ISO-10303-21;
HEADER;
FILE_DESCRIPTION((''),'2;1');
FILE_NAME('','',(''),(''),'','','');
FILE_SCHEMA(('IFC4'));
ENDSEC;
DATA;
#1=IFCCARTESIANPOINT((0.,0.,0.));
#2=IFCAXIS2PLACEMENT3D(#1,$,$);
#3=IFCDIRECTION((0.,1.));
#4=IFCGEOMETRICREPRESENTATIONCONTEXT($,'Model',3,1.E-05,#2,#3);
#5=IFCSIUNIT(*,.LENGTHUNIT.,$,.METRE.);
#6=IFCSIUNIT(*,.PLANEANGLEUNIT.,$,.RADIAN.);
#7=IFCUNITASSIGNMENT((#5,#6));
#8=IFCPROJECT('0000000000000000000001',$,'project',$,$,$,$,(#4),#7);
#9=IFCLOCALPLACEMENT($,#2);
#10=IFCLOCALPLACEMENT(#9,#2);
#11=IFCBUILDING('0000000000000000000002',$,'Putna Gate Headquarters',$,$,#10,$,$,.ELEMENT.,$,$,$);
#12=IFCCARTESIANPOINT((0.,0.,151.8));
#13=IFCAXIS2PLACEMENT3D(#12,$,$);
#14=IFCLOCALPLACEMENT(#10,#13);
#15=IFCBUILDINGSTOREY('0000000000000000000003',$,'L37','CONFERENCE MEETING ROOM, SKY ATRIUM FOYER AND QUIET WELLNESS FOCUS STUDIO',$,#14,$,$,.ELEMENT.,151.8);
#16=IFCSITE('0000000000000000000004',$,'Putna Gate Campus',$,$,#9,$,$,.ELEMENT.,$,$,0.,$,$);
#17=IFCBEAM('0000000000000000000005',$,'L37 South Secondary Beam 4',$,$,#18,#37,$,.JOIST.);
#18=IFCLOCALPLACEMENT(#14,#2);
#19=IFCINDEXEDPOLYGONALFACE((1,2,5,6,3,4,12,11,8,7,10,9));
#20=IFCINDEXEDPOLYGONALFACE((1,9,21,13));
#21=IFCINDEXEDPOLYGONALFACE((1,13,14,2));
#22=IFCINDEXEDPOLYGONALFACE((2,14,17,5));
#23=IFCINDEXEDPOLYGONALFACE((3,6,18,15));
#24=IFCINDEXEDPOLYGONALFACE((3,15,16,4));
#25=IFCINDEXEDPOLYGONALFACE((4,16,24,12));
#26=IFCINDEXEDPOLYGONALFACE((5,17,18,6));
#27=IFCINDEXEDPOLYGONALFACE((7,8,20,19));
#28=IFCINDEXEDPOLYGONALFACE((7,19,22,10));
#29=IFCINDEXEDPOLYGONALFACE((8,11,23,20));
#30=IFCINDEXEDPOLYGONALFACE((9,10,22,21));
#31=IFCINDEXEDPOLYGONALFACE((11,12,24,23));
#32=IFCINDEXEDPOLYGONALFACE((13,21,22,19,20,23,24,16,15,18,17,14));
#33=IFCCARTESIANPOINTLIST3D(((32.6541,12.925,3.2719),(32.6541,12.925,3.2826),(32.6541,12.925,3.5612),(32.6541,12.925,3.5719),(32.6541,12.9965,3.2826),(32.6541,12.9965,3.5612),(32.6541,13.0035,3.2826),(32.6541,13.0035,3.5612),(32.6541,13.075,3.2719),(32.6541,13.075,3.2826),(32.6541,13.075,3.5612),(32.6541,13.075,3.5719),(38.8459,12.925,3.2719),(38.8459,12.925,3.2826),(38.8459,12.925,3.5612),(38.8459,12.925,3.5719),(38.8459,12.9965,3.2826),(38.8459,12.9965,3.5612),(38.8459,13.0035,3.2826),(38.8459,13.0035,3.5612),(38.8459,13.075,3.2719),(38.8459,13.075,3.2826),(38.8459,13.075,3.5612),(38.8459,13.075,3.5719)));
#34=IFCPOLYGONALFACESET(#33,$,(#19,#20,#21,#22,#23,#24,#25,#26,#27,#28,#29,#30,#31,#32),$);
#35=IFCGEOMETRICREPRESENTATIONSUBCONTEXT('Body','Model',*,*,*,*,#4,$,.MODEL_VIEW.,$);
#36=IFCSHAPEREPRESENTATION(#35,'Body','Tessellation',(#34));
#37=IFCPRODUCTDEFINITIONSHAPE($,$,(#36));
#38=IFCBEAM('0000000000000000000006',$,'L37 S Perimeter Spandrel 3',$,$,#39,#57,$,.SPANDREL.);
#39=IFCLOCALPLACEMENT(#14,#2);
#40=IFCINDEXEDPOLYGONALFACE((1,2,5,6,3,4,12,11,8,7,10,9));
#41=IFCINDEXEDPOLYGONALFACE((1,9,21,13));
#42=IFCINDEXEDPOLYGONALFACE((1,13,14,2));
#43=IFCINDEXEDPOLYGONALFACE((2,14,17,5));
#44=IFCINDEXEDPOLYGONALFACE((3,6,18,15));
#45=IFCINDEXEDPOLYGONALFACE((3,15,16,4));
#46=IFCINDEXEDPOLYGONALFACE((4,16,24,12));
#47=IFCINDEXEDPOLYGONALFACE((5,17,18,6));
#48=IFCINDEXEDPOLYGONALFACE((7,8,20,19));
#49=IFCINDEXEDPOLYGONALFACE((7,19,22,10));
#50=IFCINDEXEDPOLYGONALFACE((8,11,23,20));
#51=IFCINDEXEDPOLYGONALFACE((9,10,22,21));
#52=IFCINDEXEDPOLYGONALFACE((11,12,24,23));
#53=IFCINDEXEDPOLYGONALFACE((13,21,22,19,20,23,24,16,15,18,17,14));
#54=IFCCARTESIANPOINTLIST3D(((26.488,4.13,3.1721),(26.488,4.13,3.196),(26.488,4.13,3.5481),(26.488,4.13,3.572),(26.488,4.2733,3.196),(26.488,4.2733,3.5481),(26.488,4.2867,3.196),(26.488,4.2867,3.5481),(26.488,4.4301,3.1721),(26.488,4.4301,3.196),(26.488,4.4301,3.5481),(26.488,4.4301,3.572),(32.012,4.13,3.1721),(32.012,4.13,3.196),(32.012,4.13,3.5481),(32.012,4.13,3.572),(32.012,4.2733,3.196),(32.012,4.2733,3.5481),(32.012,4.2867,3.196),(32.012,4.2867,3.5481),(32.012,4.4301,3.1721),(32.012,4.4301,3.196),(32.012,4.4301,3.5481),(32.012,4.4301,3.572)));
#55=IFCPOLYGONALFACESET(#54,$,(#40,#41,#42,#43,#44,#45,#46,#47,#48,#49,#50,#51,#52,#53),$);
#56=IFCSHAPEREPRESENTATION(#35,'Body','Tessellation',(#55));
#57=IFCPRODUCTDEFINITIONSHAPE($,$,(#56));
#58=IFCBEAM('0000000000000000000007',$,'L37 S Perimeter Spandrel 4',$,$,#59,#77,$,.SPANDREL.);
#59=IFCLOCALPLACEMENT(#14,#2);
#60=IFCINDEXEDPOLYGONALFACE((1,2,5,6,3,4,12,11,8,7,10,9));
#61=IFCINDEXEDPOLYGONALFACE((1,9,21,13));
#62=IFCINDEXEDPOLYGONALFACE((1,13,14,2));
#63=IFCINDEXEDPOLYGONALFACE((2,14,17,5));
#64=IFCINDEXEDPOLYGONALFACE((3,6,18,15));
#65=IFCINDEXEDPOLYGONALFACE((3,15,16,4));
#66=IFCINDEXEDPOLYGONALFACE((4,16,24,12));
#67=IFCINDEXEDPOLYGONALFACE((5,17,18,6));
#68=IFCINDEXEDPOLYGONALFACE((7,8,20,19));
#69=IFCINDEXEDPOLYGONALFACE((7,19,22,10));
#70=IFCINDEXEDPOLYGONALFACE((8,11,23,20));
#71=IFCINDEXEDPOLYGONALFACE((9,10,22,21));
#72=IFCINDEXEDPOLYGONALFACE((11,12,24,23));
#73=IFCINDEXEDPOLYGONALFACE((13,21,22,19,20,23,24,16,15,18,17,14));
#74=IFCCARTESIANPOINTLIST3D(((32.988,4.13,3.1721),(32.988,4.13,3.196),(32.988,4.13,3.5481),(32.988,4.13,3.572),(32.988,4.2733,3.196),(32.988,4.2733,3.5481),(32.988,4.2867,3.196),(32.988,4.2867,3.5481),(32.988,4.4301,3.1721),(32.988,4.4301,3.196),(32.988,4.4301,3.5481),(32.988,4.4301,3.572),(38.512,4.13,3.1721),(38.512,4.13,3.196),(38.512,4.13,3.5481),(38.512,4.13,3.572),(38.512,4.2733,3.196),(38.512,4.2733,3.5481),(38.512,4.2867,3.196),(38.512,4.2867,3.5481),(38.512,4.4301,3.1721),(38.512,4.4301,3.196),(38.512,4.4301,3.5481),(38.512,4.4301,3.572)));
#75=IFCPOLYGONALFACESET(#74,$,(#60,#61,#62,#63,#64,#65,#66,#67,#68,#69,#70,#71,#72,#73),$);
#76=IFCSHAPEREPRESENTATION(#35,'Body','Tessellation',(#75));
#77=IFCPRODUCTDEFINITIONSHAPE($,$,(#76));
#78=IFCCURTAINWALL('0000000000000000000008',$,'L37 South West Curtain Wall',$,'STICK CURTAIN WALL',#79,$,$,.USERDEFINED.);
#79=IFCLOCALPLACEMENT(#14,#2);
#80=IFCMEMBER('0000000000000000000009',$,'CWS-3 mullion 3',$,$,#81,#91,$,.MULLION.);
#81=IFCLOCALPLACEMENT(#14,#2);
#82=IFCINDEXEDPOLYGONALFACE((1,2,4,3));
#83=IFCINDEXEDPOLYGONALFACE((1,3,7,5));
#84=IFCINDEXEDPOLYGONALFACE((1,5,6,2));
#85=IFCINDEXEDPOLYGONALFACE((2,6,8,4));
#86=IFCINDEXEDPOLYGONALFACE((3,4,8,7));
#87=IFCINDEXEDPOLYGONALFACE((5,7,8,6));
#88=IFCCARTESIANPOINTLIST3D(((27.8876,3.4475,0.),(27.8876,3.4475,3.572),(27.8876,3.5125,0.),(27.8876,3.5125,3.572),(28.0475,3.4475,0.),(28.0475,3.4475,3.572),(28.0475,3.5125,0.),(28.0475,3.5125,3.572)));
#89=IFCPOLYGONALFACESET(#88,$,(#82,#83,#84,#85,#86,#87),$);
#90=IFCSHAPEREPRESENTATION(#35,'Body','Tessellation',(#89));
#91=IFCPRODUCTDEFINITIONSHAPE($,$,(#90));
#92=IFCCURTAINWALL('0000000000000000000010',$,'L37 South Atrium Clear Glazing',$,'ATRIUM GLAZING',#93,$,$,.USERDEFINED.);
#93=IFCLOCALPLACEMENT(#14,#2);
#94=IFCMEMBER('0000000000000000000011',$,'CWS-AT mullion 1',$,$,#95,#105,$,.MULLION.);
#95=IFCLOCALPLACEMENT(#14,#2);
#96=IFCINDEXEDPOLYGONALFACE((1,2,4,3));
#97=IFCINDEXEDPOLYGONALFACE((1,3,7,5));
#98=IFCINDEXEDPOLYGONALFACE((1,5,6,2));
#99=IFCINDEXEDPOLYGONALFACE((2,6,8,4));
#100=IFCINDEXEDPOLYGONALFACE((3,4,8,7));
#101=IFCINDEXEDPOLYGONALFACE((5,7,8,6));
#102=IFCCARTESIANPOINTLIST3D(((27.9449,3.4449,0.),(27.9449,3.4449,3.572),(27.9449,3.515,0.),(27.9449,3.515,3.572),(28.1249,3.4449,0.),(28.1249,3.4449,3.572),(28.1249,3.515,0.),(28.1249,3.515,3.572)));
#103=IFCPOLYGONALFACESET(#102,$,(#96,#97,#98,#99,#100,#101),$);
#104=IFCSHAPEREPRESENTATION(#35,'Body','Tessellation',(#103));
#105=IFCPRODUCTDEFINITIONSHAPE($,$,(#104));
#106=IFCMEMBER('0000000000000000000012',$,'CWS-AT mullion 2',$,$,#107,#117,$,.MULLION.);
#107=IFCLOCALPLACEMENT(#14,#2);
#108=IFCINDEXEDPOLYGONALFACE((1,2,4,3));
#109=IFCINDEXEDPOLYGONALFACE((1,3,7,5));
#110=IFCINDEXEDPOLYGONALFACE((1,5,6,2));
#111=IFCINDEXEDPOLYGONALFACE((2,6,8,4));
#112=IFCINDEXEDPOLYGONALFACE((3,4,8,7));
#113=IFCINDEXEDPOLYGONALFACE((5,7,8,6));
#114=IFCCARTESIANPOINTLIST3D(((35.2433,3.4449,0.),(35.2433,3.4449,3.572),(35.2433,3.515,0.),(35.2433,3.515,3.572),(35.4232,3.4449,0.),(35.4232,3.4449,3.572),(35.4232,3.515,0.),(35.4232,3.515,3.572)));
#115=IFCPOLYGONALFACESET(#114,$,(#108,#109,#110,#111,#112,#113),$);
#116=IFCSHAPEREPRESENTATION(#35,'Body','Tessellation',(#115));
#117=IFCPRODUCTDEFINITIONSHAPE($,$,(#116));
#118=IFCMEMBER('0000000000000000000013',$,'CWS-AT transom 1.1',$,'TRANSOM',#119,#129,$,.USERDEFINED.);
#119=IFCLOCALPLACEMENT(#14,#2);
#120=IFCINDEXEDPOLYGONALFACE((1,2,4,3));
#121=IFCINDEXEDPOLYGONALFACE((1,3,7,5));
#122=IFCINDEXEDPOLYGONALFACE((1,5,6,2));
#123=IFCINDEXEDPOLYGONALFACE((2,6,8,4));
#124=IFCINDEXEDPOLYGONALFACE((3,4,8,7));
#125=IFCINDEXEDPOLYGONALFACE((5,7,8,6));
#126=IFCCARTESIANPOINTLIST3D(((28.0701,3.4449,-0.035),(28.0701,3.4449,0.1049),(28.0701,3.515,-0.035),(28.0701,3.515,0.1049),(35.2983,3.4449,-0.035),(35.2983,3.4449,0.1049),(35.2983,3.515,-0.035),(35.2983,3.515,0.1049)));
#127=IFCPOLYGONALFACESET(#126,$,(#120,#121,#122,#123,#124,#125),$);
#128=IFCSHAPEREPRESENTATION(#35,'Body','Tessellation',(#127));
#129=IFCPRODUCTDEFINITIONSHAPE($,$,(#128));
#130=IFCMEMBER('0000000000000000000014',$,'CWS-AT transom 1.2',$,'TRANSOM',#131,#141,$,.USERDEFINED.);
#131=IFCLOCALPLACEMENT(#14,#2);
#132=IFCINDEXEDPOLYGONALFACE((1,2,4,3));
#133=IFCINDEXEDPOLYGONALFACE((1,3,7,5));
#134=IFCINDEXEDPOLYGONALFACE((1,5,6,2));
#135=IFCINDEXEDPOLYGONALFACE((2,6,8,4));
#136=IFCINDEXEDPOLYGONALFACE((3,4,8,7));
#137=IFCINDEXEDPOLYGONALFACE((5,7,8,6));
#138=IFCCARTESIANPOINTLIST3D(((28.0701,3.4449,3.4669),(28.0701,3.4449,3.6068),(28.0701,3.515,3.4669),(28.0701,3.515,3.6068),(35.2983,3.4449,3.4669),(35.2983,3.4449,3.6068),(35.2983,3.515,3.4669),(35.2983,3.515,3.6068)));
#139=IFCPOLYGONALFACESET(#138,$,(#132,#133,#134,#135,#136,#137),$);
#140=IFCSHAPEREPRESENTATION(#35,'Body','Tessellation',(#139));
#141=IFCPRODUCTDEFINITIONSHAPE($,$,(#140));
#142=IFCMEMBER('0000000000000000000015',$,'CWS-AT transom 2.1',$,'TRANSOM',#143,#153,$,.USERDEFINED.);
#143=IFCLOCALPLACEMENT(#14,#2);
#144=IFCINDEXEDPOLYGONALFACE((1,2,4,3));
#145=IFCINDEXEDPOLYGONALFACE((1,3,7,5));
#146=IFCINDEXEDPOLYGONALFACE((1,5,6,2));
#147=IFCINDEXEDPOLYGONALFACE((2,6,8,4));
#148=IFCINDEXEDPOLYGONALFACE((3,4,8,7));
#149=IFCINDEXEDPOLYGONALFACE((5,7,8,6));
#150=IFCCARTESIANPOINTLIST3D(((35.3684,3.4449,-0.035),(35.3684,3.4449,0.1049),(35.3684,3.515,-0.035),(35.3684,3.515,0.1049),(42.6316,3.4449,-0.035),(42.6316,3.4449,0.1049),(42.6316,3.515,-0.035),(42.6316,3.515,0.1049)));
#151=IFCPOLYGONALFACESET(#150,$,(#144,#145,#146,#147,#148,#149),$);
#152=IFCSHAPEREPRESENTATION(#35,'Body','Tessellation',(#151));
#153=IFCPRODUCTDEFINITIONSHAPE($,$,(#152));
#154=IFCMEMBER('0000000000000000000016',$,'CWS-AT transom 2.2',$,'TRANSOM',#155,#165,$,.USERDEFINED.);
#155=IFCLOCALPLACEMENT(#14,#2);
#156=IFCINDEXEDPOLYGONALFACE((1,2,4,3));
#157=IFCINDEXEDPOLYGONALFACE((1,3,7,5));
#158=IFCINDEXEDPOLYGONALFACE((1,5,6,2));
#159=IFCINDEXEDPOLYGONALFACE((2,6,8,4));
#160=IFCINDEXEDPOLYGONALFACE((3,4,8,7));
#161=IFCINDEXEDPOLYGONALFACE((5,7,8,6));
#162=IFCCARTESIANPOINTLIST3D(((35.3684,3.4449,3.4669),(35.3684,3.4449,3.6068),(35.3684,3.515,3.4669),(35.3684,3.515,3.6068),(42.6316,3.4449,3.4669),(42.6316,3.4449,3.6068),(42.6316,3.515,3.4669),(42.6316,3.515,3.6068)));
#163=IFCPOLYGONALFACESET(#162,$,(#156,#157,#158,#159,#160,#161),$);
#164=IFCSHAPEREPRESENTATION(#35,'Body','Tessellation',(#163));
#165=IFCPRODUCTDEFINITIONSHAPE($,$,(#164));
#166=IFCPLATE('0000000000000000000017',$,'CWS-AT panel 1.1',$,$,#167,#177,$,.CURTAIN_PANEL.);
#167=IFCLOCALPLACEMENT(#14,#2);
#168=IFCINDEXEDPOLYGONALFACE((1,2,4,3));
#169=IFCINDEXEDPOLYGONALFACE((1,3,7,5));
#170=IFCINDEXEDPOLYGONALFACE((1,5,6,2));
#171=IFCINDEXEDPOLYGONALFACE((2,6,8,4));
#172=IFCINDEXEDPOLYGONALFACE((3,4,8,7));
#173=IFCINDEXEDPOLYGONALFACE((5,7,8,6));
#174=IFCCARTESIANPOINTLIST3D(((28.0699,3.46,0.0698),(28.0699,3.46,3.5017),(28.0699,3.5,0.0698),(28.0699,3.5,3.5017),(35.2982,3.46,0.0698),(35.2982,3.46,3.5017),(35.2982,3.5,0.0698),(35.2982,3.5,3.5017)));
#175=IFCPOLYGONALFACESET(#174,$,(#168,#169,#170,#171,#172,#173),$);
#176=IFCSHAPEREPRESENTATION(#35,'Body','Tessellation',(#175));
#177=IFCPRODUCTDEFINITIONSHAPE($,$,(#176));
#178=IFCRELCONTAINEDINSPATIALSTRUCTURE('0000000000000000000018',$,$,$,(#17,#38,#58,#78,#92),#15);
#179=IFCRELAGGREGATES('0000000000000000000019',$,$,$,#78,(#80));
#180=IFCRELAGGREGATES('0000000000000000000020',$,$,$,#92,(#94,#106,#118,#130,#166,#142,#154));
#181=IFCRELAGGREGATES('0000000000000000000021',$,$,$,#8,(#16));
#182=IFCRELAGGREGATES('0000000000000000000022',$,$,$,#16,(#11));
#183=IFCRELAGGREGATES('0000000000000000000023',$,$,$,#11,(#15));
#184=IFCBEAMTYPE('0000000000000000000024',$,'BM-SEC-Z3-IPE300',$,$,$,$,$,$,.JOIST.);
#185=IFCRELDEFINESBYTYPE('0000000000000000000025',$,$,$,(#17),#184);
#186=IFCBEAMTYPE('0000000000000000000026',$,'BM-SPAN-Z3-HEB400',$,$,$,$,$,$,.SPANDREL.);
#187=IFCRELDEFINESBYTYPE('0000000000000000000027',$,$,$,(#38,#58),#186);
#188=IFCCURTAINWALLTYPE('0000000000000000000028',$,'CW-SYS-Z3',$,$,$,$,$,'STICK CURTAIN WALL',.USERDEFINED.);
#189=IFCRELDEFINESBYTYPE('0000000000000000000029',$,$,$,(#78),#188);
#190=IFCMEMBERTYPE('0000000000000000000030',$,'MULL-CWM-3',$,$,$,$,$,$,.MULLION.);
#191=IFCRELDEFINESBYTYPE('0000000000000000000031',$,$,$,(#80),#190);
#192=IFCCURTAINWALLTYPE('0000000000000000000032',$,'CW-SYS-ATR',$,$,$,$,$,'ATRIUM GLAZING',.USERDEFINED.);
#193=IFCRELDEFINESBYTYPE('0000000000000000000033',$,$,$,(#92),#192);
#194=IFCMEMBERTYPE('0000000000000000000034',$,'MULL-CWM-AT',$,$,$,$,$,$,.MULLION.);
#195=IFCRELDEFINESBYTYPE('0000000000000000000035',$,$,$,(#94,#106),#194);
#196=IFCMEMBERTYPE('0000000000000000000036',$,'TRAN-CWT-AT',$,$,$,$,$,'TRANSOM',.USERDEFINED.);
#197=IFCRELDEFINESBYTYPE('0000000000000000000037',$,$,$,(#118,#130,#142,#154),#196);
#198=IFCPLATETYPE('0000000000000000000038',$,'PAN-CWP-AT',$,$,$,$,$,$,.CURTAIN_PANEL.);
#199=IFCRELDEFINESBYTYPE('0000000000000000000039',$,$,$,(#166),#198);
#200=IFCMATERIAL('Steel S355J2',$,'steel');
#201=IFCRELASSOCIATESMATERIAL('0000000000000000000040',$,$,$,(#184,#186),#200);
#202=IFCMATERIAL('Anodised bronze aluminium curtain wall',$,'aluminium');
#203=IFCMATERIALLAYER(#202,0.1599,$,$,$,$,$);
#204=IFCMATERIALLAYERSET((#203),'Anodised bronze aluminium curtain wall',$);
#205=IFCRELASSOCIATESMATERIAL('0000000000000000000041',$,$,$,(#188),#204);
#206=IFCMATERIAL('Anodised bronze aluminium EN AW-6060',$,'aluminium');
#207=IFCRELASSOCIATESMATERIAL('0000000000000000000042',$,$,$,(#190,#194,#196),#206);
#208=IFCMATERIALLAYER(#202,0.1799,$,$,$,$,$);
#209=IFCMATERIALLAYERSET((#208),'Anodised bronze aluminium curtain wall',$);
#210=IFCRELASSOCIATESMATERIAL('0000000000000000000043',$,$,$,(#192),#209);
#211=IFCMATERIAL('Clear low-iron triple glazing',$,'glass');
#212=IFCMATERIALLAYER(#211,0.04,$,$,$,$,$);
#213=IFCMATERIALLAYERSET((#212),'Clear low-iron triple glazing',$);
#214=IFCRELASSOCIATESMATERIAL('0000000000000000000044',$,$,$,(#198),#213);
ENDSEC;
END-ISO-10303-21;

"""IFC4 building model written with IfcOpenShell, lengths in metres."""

from ifc_helpers import new_model, si_unit, direction, frame, origin, origin_2d, place, context, subcontext, project, spatial, rectangle, i_section, extrude, material, layer, layer_set, material_profile, profile_set, type_object, element, aggregate, save


model = new_model("IFC4")

# Units and contexts
model_context = context("Model", 3, precision=1e-05, world=origin(), true_north=direction((0.0, 1.0)))
body_context = subcontext(model_context, "Body", "Model", "MODEL_VIEW")
ifc_project = project(units=[si_unit("LENGTHUNIT", "METRE"), si_unit("PLANEANGLEUNIT", "RADIAN")], contexts=[model_context])

# Site, building, storey
site_placement = place(None, origin())
site = spatial("IfcSite", under=ifc_project, at=site_placement, Name="Putna Gate Campus", CompositionType="ELEMENT", RefElevation=0.0)
building_placement = place(site_placement, origin())
building = spatial("IfcBuilding", under=site, at=building_placement, Name="Putna Gate Headquarters", CompositionType="ELEMENT")
storey_placement = place(building_placement, frame((0.0, 0.0, 151.8)))
storey = spatial("IfcBuildingStorey", under=building, at=storey_placement, Name="L37", Description="CONFERENCE MEETING ROOM, SKY ATRIUM FOYER AND QUIET WELLNESS FOCUS STUDIO", CompositionType="ELEMENT", Elevation=151.8)

# Beams
ifc_material_1 = material(Name="Steel S355J2", Category="steel")
ifc_material_profile_1 = material_profile(ifc_material_1, i_section(OverallWidth=0.1499, OverallDepth=0.3, WebThickness=0.0071, FlangeThickness=0.0107, at=origin_2d()), Name="Steel S355J2")
ifc_profile_set_1 = profile_set([ifc_material_profile_1], Name="Steel S355J2")
beam_type_1 = type_object("IfcBeamType", Name="BM-SEC-Z3-IPE300", PredefinedType="JOIST", material=ifc_profile_set_1)
for number, where, z_axis, x_axis, name in (
    (1, (32.6541, 13.0, 3.4219), (1.0, 0.0, 0.0), (0.0, 1.0, 0.0), "L37 South Secondary Beam 4"),
):
    element("IfcBeam", number, at=place(storey_placement, frame(where, z_axis=z_axis, x_axis=x_axis)), inside=storey, type_object=beam_type_1, Name=name, PredefinedType="JOIST", context=body_context, shape_type="SweptSolid", body=[
        extrude(i_section(OverallWidth=0.1499, OverallDepth=0.3, WebThickness=0.0071, FlangeThickness=0.0107, at=origin_2d()), origin(), (0.0, 0.0, 1.0), 6.1919),
    ])
ifc_material_profile_2 = material_profile(ifc_material_1, i_section(OverallWidth=0.3, OverallDepth=0.3999, WebThickness=0.0134, FlangeThickness=0.0239, at=origin_2d()), Name="Steel S355J2")
ifc_profile_set_2 = profile_set([ifc_material_profile_2], Name="Steel S355J2")
beam_type_2 = type_object("IfcBeamType", Name="BM-SPAN-Z3-HEB400", PredefinedType="SPANDREL", material=ifc_profile_set_2)
for number, where, z_axis, x_axis, name in (
    (2, (26.488, 4.28, 3.3721), (1.0, 0.0, 0.0), (0.0, 1.0, 0.0), "L37 S Perimeter Spandrel 3"),
    (3, (32.988, 4.28, 3.3721), (1.0, 0.0, 0.0), (0.0, 1.0, 0.0), "L37 S Perimeter Spandrel 4"),
):
    element("IfcBeam", number, at=place(storey_placement, frame(where, z_axis=z_axis, x_axis=x_axis)), inside=storey, type_object=beam_type_2, Name=name, PredefinedType="SPANDREL", context=body_context, shape_type="SweptSolid", body=[
        extrude(i_section(OverallWidth=0.3, OverallDepth=0.3999, WebThickness=0.0134, FlangeThickness=0.0239, at=origin_2d()), origin(), (0.0, 0.0, 1.0), 5.5239),
    ])

# Curtain wall, member
ifc_material_2 = material(Name="Anodised bronze aluminium curtain wall", Category="aluminium")
ifc_layer_1 = layer(ifc_material_2, 0.1599)
ifc_layer_set_1 = layer_set([ifc_layer_1], Name="Anodised bronze aluminium curtain wall")
curtain_wall_type_1 = type_object("IfcCurtainWallType", Name="CW-SYS-Z3", ElementType="STICK CURTAIN WALL", PredefinedType="USERDEFINED", material=ifc_layer_set_1)
curtain_wall_1_placement = place(storey_placement, origin())
curtain_wall_1 = element("IfcCurtainWall", 4, at=curtain_wall_1_placement, inside=storey, type_object=curtain_wall_type_1, Name="L37 South West Curtain Wall", ObjectType="STICK CURTAIN WALL", PredefinedType="USERDEFINED")
ifc_material_3 = material(Name="Anodised bronze aluminium EN AW-6060", Category="aluminium")
ifc_material_profile_3 = material_profile(ifc_material_3, rectangle(XDim=0.0649, YDim=0.1599, at=origin_2d()), Name="Anodised bronze aluminium EN AW-6060")
ifc_profile_set_3 = profile_set([ifc_material_profile_3], Name="Anodised bronze aluminium EN AW-6060")
member_type_1 = type_object("IfcMemberType", Name="MULL-CWM-3", PredefinedType="MULLION", material=ifc_profile_set_3)
member_1_placement = place(storey_placement, frame((27.9675, 3.48, 0.0), z_axis=(0.0, 0.0, 1.0), x_axis=(0.0, 1.0, 0.0)))
member_1 = element("IfcMember", 5, at=member_1_placement, type_object=member_type_1, Name="CWS-3 mullion 3", PredefinedType="MULLION", context=body_context, shape_type="SweptSolid", body=[
    extrude(rectangle(XDim=0.0649, YDim=0.1599, at=origin_2d()), origin(), (0.0, 0.0, 1.0), 3.572),
])
aggregate(curtain_wall_1, [member_1])

# Curtain wall, members, plate
ifc_layer_2 = layer(ifc_material_2, 0.1799)
ifc_layer_set_2 = layer_set([ifc_layer_2], Name="Anodised bronze aluminium curtain wall")
curtain_wall_type_2 = type_object("IfcCurtainWallType", Name="CW-SYS-ATR", ElementType="ATRIUM GLAZING", PredefinedType="USERDEFINED", material=ifc_layer_set_2)
curtain_wall_2_placement = place(storey_placement, origin())
curtain_wall_2 = element("IfcCurtainWall", 6, at=curtain_wall_2_placement, inside=storey, type_object=curtain_wall_type_2, Name="L37 South Atrium Clear Glazing", ObjectType="ATRIUM GLAZING", PredefinedType="USERDEFINED")
ifc_material_profile_4 = material_profile(ifc_material_3, rectangle(XDim=0.0701, YDim=0.1799, at=origin_2d()), Name="Anodised bronze aluminium EN AW-6060")
ifc_profile_set_4 = profile_set([ifc_material_profile_4], Name="Anodised bronze aluminium EN AW-6060")
member_type_2 = type_object("IfcMemberType", Name="MULL-CWM-AT", PredefinedType="MULLION", material=ifc_profile_set_4)
member_2_placement = place(storey_placement, frame((28.0349, 3.48, 0.0), z_axis=(0.0, 0.0, 1.0), x_axis=(0.0, 1.0, 0.0)))
member_2 = element("IfcMember", 7, at=member_2_placement, type_object=member_type_2, Name="CWS-AT mullion 1", PredefinedType="MULLION", context=body_context, shape_type="SweptSolid", body=[
    extrude(rectangle(XDim=0.0701, YDim=0.1799, at=origin_2d()), origin(), (0.0, 0.0, 1.0), 3.572),
])
member_3_placement = place(storey_placement, frame((35.3333, 3.48, 0.0), z_axis=(0.0, 0.0, 1.0), x_axis=(0.0, 1.0, 0.0)))
member_3 = element("IfcMember", 8, at=member_3_placement, type_object=member_type_2, Name="CWS-AT mullion 2", PredefinedType="MULLION", context=body_context, shape_type="SweptSolid", body=[
    extrude(rectangle(XDim=0.0701, YDim=0.1799, at=origin_2d()), origin(), (0.0, 0.0, 1.0), 3.572),
])
ifc_material_profile_5 = material_profile(ifc_material_3, rectangle(XDim=0.0701, YDim=0.1399, at=origin_2d()), Name="Anodised bronze aluminium EN AW-6060")
ifc_profile_set_5 = profile_set([ifc_material_profile_5], Name="Anodised bronze aluminium EN AW-6060")
member_type_3 = type_object("IfcMemberType", Name="TRAN-CWT-AT", ElementType="TRANSOM", PredefinedType="USERDEFINED", material=ifc_profile_set_5)
member_4_placement = place(storey_placement, frame((28.0701, 3.48, 0.0349), z_axis=(1.0, 0.0, 0.0), x_axis=(0.0, 1.0, 0.0)))
member_4 = element("IfcMember", 9, at=member_4_placement, type_object=member_type_3, Name="CWS-AT transom 1.1", ObjectType="TRANSOM", PredefinedType="USERDEFINED", context=body_context, shape_type="SweptSolid", body=[
    extrude(rectangle(XDim=0.0701, YDim=0.1399, at=origin_2d()), origin(), (0.0, 0.0, 1.0), 7.2283),
])
member_5_placement = place(storey_placement, frame((28.0701, 3.48, 3.5369), z_axis=(1.0, 0.0, 0.0), x_axis=(0.0, 1.0, 0.0)))
member_5 = element("IfcMember", 10, at=member_5_placement, type_object=member_type_3, Name="CWS-AT transom 1.2", ObjectType="TRANSOM", PredefinedType="USERDEFINED", context=body_context, shape_type="SweptSolid", body=[
    extrude(rectangle(XDim=0.0701, YDim=0.1399, at=origin_2d()), origin(), (0.0, 0.0, 1.0), 7.2283),
])
member_6_placement = place(storey_placement, frame((35.3684, 3.48, 0.0349), z_axis=(1.0, 0.0, 0.0), x_axis=(0.0, 1.0, 0.0)))
member_6 = element("IfcMember", 11, at=member_6_placement, type_object=member_type_3, Name="CWS-AT transom 2.1", ObjectType="TRANSOM", PredefinedType="USERDEFINED", context=body_context, shape_type="SweptSolid", body=[
    extrude(rectangle(XDim=0.0701, YDim=0.1399, at=origin_2d()), origin(), (0.0, 0.0, 1.0), 7.2632),
])
member_7_placement = place(storey_placement, frame((35.3684, 3.48, 3.5369), z_axis=(1.0, 0.0, 0.0), x_axis=(0.0, 1.0, 0.0)))
member_7 = element("IfcMember", 12, at=member_7_placement, type_object=member_type_3, Name="CWS-AT transom 2.2", ObjectType="TRANSOM", PredefinedType="USERDEFINED", context=body_context, shape_type="SweptSolid", body=[
    extrude(rectangle(XDim=0.0701, YDim=0.1399, at=origin_2d()), origin(), (0.0, 0.0, 1.0), 7.2632),
])
ifc_material_4 = material(Name="Clear low-iron triple glazing", Category="glass")
ifc_layer_3 = layer(ifc_material_4, 0.04)
ifc_layer_set_3 = layer_set([ifc_layer_3], Name="Clear low-iron triple glazing")
plate_type = type_object("IfcPlateType", Name="PAN-CWP-AT", PredefinedType="CURTAIN_PANEL", material=ifc_layer_set_3)
plate_placement = place(storey_placement, frame((31.6841, 3.48, 0.0698), z_axis=(0.0, 0.0, 1.0), x_axis=(1.0, 0.0, 0.0)))
plate = element("IfcPlate", 13, at=plate_placement, type_object=plate_type, Name="CWS-AT panel 1.1", PredefinedType="CURTAIN_PANEL", context=body_context, shape_type="SweptSolid", body=[
    extrude(rectangle(XDim=7.2283, YDim=0.04, at=origin_2d()), origin(), (0.0, 0.0, 1.0), 3.4319),
])
aggregate(curtain_wall_2, [member_2, member_3, member_4, member_5, plate, member_6, member_7])

save(model, "model.ifc")
